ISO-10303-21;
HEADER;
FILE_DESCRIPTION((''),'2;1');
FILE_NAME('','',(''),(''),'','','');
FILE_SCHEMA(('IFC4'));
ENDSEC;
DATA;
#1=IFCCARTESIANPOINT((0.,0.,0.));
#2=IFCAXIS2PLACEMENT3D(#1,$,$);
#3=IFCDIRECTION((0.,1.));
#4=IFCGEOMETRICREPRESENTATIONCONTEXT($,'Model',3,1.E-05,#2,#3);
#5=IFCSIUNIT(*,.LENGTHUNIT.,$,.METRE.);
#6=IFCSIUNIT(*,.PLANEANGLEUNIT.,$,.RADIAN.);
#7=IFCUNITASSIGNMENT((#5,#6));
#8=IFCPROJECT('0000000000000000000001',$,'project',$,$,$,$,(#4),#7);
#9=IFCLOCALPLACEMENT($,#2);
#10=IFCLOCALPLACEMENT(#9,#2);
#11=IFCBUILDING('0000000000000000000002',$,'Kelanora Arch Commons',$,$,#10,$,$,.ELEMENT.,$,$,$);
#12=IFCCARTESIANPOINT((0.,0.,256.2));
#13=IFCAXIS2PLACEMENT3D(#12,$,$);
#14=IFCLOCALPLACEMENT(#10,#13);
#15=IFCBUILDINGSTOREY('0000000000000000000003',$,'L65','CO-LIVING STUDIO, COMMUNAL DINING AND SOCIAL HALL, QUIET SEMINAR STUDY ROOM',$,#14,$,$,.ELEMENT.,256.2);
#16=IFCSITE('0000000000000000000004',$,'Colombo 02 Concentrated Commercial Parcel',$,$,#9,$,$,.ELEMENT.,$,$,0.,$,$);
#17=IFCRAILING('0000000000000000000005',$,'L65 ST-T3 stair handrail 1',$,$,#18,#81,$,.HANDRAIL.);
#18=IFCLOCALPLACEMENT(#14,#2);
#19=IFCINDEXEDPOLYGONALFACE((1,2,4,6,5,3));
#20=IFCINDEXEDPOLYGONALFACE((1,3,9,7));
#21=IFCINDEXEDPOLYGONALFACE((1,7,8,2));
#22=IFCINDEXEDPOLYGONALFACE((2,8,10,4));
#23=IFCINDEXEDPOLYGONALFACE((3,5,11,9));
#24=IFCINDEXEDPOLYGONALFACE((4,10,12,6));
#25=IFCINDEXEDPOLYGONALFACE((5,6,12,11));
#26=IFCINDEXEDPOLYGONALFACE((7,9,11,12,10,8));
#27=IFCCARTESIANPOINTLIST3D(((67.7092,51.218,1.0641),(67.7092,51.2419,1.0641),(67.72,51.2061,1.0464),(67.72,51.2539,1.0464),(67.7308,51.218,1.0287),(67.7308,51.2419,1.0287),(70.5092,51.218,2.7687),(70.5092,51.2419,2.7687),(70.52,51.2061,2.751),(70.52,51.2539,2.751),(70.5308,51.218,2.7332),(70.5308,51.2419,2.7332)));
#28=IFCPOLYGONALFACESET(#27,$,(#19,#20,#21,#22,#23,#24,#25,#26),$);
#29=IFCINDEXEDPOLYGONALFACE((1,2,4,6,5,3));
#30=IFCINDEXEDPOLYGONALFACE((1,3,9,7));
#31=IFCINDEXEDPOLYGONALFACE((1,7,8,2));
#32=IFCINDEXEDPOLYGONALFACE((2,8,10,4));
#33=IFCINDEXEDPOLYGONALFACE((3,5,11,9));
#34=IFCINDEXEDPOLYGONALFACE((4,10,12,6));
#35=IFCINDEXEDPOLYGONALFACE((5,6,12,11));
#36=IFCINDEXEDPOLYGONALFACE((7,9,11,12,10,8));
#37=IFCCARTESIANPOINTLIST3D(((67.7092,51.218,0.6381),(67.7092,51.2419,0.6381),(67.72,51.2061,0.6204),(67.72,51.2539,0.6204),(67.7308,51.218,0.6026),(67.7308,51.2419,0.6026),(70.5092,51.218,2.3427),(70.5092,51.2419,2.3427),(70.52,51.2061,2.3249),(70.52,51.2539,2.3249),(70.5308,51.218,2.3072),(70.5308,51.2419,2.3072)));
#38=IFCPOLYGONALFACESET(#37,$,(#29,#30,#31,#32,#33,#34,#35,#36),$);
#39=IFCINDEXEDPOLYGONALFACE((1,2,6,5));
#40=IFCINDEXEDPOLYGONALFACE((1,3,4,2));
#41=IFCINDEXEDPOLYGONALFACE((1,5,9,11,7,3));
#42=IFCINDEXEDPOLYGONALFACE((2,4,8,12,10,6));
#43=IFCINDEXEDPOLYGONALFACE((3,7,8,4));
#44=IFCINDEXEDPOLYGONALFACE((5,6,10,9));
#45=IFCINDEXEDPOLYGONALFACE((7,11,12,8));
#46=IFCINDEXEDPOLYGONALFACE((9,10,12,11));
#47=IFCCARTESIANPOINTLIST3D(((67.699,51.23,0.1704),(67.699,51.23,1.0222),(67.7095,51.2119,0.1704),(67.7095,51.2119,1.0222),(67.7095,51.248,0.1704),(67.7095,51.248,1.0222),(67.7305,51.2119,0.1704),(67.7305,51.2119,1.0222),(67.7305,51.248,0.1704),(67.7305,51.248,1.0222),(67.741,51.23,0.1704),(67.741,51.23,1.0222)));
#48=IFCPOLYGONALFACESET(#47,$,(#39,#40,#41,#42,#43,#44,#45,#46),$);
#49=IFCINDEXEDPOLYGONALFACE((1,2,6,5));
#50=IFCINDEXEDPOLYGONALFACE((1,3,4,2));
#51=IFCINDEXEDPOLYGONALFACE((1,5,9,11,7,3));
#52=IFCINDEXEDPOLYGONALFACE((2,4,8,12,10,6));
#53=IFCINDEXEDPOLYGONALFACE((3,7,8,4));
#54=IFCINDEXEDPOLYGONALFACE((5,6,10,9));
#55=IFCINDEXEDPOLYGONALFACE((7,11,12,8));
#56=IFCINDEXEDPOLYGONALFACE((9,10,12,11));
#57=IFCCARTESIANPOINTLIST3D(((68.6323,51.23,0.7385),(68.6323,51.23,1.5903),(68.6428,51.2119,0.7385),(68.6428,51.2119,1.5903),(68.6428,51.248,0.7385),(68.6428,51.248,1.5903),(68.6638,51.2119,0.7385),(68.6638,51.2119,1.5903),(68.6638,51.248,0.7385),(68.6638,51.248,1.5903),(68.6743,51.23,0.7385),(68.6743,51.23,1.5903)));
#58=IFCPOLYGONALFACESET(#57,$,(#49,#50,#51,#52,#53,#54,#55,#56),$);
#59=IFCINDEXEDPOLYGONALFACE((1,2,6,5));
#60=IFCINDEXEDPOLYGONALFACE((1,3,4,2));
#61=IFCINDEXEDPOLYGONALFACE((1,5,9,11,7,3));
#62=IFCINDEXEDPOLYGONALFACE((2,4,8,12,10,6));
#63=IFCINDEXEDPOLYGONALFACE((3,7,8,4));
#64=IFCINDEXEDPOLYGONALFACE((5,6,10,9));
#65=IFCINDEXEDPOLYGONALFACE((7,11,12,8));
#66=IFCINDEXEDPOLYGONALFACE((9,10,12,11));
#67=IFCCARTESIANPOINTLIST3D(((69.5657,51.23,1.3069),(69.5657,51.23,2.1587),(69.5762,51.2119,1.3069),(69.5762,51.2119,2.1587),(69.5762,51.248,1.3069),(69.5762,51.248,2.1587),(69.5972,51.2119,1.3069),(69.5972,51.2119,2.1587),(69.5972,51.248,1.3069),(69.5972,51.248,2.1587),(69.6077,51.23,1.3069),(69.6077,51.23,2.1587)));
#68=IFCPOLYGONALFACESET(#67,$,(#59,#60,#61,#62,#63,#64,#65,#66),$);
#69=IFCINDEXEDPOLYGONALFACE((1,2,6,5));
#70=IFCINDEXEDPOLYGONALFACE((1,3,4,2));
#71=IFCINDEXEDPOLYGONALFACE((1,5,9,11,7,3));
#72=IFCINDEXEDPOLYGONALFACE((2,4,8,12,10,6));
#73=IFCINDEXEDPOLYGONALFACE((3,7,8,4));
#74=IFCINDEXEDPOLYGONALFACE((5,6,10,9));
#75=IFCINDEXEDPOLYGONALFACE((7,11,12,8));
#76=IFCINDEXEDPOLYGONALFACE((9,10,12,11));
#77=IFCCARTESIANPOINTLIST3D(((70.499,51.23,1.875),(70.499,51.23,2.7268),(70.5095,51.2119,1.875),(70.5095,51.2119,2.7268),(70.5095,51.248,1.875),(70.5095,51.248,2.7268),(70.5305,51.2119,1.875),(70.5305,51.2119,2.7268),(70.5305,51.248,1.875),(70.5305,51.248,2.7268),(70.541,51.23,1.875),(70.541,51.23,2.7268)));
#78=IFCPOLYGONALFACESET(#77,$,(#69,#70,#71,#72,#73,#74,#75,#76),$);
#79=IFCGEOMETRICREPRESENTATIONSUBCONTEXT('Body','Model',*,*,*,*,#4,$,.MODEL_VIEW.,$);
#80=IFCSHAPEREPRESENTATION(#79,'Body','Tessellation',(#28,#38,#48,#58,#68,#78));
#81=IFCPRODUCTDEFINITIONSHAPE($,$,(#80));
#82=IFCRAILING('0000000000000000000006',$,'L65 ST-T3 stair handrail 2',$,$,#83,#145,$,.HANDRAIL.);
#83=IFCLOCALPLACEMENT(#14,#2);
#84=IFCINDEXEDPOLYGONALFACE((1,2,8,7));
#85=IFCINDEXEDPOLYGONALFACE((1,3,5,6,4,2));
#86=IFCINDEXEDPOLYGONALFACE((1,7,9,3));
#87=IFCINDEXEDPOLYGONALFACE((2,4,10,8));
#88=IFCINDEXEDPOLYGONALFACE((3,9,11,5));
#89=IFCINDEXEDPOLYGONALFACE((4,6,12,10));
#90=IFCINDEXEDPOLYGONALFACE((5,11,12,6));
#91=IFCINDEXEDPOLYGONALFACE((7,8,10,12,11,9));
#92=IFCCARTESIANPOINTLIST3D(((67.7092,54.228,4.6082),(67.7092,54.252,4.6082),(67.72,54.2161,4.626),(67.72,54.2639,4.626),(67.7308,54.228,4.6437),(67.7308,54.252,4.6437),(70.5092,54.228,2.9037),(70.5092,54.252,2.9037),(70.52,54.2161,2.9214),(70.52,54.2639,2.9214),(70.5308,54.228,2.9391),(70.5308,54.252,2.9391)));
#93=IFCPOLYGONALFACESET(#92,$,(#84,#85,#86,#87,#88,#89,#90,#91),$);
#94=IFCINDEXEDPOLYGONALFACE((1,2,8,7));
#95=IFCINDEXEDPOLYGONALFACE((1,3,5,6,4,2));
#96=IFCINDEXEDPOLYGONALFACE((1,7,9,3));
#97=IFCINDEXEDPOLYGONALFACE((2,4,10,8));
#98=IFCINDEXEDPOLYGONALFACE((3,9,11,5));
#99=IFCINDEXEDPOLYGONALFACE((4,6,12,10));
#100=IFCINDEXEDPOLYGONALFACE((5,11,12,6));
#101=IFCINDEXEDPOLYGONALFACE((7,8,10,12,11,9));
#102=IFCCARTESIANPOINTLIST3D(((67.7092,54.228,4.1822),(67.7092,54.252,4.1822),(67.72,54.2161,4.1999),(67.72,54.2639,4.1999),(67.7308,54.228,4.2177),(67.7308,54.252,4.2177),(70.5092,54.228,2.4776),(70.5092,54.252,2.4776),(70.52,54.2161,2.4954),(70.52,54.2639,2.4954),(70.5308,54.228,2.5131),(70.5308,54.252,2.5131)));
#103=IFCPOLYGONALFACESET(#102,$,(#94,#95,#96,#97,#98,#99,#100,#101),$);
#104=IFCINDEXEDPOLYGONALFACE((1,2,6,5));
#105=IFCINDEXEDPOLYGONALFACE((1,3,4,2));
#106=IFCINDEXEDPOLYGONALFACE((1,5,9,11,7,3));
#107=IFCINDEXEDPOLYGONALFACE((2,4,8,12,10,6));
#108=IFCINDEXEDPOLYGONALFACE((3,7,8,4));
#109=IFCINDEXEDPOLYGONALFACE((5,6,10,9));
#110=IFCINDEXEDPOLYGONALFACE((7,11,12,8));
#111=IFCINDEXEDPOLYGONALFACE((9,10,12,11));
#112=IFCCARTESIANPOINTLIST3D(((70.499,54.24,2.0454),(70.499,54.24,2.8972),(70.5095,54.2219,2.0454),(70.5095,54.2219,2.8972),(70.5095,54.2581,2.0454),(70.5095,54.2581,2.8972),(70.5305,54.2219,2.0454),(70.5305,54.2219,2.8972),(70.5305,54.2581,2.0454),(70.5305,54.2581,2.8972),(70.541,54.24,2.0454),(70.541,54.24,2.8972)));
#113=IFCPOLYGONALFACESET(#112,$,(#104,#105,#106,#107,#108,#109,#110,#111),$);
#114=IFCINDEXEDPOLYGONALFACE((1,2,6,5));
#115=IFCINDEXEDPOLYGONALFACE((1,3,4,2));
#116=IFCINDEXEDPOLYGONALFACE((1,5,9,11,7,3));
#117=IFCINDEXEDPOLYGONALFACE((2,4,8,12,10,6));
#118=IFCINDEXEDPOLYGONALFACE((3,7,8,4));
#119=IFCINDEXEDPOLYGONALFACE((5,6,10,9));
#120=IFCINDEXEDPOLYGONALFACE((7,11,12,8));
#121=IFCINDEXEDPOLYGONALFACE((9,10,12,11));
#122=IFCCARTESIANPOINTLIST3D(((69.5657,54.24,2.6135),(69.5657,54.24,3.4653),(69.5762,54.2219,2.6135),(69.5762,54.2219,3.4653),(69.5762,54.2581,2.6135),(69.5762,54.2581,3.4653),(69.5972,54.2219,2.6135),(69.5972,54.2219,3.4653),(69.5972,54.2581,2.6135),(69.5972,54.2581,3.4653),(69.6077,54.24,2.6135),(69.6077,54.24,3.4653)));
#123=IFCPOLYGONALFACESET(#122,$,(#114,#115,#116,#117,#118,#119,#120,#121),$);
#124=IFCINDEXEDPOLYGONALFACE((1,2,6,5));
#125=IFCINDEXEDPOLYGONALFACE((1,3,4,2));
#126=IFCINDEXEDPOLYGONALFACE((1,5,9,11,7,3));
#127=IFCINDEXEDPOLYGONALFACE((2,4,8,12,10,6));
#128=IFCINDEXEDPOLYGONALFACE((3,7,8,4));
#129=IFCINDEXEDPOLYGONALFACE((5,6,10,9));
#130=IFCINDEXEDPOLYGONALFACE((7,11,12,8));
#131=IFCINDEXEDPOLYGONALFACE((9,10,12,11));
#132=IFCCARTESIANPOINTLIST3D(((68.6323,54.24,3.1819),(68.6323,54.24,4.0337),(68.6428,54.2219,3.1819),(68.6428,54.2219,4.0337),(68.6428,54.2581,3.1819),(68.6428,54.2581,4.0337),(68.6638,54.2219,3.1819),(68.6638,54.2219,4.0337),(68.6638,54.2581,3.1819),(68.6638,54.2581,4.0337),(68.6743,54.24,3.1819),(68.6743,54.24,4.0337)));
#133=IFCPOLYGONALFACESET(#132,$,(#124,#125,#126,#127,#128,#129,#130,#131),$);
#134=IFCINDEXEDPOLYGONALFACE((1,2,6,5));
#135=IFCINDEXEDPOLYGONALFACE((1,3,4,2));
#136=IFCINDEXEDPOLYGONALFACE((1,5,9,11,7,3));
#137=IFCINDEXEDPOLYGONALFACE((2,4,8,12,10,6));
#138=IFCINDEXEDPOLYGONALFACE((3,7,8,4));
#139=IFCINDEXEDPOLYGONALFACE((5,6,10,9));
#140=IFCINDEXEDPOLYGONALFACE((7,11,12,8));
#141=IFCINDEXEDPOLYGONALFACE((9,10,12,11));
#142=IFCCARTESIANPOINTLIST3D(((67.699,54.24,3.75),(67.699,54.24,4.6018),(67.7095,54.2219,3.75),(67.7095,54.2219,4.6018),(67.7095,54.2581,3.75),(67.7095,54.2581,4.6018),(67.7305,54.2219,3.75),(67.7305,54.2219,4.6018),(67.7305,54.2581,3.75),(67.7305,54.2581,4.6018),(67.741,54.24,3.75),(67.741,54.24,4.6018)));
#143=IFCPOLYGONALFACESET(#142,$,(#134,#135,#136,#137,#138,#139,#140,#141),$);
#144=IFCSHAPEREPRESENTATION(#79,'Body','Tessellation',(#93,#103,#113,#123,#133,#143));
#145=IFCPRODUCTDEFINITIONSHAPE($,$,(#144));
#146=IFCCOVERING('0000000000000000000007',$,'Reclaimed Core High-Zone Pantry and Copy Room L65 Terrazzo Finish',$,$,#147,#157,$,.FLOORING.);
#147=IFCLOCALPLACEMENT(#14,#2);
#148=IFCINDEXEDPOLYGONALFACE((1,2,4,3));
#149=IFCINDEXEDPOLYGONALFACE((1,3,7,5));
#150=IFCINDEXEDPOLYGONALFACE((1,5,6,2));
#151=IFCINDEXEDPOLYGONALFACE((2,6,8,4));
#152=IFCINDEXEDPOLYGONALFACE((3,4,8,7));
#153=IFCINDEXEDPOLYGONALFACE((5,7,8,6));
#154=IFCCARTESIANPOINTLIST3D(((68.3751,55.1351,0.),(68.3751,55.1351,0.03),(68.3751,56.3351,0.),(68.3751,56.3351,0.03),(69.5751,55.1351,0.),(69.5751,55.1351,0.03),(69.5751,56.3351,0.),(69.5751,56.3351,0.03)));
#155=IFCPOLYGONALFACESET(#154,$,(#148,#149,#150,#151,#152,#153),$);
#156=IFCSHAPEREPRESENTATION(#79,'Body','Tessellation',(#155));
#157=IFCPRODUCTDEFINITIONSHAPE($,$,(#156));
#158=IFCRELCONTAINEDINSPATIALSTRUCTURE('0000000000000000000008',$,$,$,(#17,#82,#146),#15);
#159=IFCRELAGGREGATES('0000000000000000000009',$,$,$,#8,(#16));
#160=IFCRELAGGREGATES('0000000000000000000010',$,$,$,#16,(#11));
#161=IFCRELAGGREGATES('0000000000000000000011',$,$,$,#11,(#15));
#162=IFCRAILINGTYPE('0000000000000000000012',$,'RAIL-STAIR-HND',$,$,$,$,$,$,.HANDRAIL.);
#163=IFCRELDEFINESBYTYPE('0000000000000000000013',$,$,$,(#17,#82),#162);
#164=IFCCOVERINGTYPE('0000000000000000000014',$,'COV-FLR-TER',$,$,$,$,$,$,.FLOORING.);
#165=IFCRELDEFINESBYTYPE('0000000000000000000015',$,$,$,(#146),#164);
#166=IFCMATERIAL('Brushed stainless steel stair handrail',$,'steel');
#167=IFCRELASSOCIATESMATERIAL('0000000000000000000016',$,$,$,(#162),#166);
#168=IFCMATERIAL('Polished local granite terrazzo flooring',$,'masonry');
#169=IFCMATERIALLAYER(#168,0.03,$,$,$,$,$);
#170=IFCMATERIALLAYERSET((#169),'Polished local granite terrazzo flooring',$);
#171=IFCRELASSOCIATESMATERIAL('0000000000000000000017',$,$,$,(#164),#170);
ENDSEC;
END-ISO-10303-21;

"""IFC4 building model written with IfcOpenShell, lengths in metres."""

from ifc_helpers import new_model, si_unit, direction, frame, origin, origin_2d, place, context, subcontext, project, spatial, polyline, rectangle, outline, extrude, source, transform, mapped, material, layer, layer_set, type_object, element, save


model = new_model("IFC4")

# Units and contexts
model_context = context("Model", 3, precision=1e-05, world=origin(), true_north=direction((0.0, 1.0)))
body_context = subcontext(model_context, "Body", "Model", "MODEL_VIEW")
ifc_project = project(units=[si_unit("LENGTHUNIT", "METRE"), si_unit("PLANEANGLEUNIT", "RADIAN")], contexts=[model_context])

# Site, building, storey
site_placement = place(None, origin())
site = spatial("IfcSite", under=ifc_project, at=site_placement, Name="Colombo 02 Concentrated Commercial Parcel", CompositionType="ELEMENT", RefElevation=0.0)
building_placement = place(site_placement, origin())
building = spatial("IfcBuilding", under=site, at=building_placement, Name="Kelanora Arch Commons", CompositionType="ELEMENT")
storey_placement = place(building_placement, frame((0.0, 0.0, 256.2)))
storey = spatial("IfcBuildingStorey", under=building, at=storey_placement, Name="L65", Description="CO-LIVING STUDIO, COMMUNAL DINING AND SOCIAL HALL, QUIET SEMINAR STUDY ROOM", CompositionType="ELEMENT", Elevation=256.2)

# Railings
ifc_material_1 = material(Name="Brushed stainless steel stair handrail", Category="steel")
railing_type_1 = type_object("IfcRailingType", Name="RAIL-STAIR-HND", PredefinedType="HANDRAIL", material=ifc_material_1)
railing_1_placement = place(storey_placement, frame((67.72, 51.23, 0.1704)))
element("IfcRailing", 1, at=railing_1_placement, inside=storey, type_object=railing_type_1, Name="L65 ST-T3 stair handrail 1", PredefinedType="HANDRAIL", context=body_context, shape_type="SweptSolid", body=[
    extrude(outline(polyline([(0.0239, 0.0), (0.012, 0.0208), (-0.012, 0.0208), (-0.0239, 0.0), (-0.012, -0.0208), (0.012, -0.0208), (0.0239, 0.0)])), frame((0.0, 0.0, 0.876), z_axis=(0.85417, 0.0, 0.519994), x_axis=(0.0, 1.0, 0.0)), (0.0, 0.0, 1.0), 3.2781),
    extrude(outline(polyline([(0.0239, 0.0), (0.012, 0.0208), (-0.012, 0.0208), (-0.0239, 0.0), (-0.012, -0.0208), (0.012, -0.0208), (0.0239, 0.0)])), frame((0.0, 0.0, 0.45), z_axis=(0.85417, 0.0, 0.519994), x_axis=(0.0, 1.0, 0.0)), (0.0, 0.0, 1.0), 3.2781),
    extrude(outline(polyline([(0.021, 0.0), (0.0105, 0.0181), (-0.0105, 0.0181), (-0.021, 0.0), (-0.0105, -0.0181), (0.0105, -0.0181), (0.021, 0.0)])), origin(), (0.0, 0.0, 1.0), 0.8518),
    extrude(outline(polyline([(0.021, 0.0), (0.0105, 0.0181), (-0.0105, 0.0181), (-0.021, 0.0), (-0.0105, -0.0181), (0.0105, -0.0181), (0.021, 0.0)])), frame((0.9333, 0.0, 0.5681)), (0.0, 0.0, 1.0), 0.8518),
    extrude(outline(polyline([(0.021, 0.0), (0.0105, 0.0181), (-0.0105, 0.0181), (-0.021, 0.0), (-0.0105, -0.0181), (0.0105, -0.0181), (0.021, 0.0)])), frame((1.8667, 0.0, 1.1365)), (0.0, 0.0, 1.0), 0.8518),
    extrude(outline(polyline([(0.021, 0.0), (0.0105, 0.0181), (-0.0105, 0.0181), (-0.021, 0.0), (-0.0105, -0.0181), (0.0105, -0.0181), (0.021, 0.0)])), frame((2.8, 0.0, 1.7046)), (0.0, 0.0, 1.0), 0.8518),
])
railing_2_placement = place(storey_placement, frame((70.52, 54.24, 2.0454)))
element("IfcRailing", 2, at=railing_2_placement, inside=storey, type_object=railing_type_1, Name="L65 ST-T3 stair handrail 2", PredefinedType="HANDRAIL", context=body_context, shape_type="SweptSolid", body=[
    extrude(outline(polyline([(0.0239, 0.0), (0.012, 0.0208), (-0.012, 0.0208), (-0.0239, 0.0), (-0.012, -0.0208), (0.012, -0.0208), (0.0239, 0.0)])), frame((0.0, 0.0, 0.876), z_axis=(-0.85417, 0.0, 0.519994), x_axis=(0.0, -1.0, 0.0)), (0.0, 0.0, 1.0), 3.2781),
    extrude(outline(polyline([(0.0239, 0.0), (0.012, 0.0208), (-0.012, 0.0208), (-0.0239, 0.0), (-0.012, -0.0208), (0.012, -0.0208), (0.0239, 0.0)])), frame((0.0, 0.0, 0.45), z_axis=(-0.85417, 0.0, 0.519994), x_axis=(0.0, -1.0, 0.0)), (0.0, 0.0, 1.0), 3.2781),
    extrude(outline(polyline([(0.021, 0.0), (0.0105, 0.0181), (-0.0105, 0.0181), (-0.021, 0.0), (-0.0105, -0.0181), (0.0105, -0.0181), (0.021, 0.0)])), origin(), (0.0, 0.0, 1.0), 0.8518),
    extrude(outline(polyline([(0.021, 0.0), (0.0105, 0.0181), (-0.0105, 0.0181), (-0.021, 0.0), (-0.0105, -0.0181), (0.0105, -0.0181), (0.021, 0.0)])), frame((-0.9333, 0.0, 0.5681)), (0.0, 0.0, 1.0), 0.8518),
    extrude(outline(polyline([(0.021, 0.0), (0.0105, 0.0181), (-0.0105, 0.0181), (-0.021, 0.0), (-0.0105, -0.0181), (0.0105, -0.0181), (0.021, 0.0)])), frame((-1.8667, 0.0, 1.1365)), (0.0, 0.0, 1.0), 0.8518),
    extrude(outline(polyline([(0.021, 0.0), (0.0105, 0.0181), (-0.0105, 0.0181), (-0.021, 0.0), (-0.0105, -0.0181), (0.0105, -0.0181), (0.021, 0.0)])), frame((-2.8, 0.0, 1.7046)), (0.0, 0.0, 1.0), 0.8518),
])

# Covering
ifc_material_2 = material(Name="Polished local granite terrazzo flooring", Category="masonry")
ifc_layer_1 = layer(ifc_material_2, 0.03)
ifc_layer_set_1 = layer_set([ifc_layer_1], Name="Polished local granite terrazzo flooring")
covering_type = type_object("IfcCoveringType", Name="COV-FLR-TER", PredefinedType="FLOORING", material=ifc_layer_set_1)
shared_shape = source(origin(), body_context, "Body", "SweptSolid", [
    extrude(rectangle(XDim=1.2, YDim=1.2, at=origin_2d()), origin(), (0.0, 0.0, 1.0), 0.03),
])
covering_placement = place(storey_placement, frame((68.9751, 55.7351, 0.0), z_axis=(0.0, 0.0, 1.0), x_axis=(1.0, 0.0, 0.0)))
element("IfcCovering", 3, at=covering_placement, inside=storey, type_object=covering_type, Name="Reclaimed Core High-Zone Pantry and Copy Room L65 Terrazzo Finish", PredefinedType="FLOORING", context=body_context, shape_type="MappedRepresentation", body=[
    mapped(shared_shape, transform((0.0, 0.0, 0.0), scale=1.0)),
])

save(model, "model.ifc")
